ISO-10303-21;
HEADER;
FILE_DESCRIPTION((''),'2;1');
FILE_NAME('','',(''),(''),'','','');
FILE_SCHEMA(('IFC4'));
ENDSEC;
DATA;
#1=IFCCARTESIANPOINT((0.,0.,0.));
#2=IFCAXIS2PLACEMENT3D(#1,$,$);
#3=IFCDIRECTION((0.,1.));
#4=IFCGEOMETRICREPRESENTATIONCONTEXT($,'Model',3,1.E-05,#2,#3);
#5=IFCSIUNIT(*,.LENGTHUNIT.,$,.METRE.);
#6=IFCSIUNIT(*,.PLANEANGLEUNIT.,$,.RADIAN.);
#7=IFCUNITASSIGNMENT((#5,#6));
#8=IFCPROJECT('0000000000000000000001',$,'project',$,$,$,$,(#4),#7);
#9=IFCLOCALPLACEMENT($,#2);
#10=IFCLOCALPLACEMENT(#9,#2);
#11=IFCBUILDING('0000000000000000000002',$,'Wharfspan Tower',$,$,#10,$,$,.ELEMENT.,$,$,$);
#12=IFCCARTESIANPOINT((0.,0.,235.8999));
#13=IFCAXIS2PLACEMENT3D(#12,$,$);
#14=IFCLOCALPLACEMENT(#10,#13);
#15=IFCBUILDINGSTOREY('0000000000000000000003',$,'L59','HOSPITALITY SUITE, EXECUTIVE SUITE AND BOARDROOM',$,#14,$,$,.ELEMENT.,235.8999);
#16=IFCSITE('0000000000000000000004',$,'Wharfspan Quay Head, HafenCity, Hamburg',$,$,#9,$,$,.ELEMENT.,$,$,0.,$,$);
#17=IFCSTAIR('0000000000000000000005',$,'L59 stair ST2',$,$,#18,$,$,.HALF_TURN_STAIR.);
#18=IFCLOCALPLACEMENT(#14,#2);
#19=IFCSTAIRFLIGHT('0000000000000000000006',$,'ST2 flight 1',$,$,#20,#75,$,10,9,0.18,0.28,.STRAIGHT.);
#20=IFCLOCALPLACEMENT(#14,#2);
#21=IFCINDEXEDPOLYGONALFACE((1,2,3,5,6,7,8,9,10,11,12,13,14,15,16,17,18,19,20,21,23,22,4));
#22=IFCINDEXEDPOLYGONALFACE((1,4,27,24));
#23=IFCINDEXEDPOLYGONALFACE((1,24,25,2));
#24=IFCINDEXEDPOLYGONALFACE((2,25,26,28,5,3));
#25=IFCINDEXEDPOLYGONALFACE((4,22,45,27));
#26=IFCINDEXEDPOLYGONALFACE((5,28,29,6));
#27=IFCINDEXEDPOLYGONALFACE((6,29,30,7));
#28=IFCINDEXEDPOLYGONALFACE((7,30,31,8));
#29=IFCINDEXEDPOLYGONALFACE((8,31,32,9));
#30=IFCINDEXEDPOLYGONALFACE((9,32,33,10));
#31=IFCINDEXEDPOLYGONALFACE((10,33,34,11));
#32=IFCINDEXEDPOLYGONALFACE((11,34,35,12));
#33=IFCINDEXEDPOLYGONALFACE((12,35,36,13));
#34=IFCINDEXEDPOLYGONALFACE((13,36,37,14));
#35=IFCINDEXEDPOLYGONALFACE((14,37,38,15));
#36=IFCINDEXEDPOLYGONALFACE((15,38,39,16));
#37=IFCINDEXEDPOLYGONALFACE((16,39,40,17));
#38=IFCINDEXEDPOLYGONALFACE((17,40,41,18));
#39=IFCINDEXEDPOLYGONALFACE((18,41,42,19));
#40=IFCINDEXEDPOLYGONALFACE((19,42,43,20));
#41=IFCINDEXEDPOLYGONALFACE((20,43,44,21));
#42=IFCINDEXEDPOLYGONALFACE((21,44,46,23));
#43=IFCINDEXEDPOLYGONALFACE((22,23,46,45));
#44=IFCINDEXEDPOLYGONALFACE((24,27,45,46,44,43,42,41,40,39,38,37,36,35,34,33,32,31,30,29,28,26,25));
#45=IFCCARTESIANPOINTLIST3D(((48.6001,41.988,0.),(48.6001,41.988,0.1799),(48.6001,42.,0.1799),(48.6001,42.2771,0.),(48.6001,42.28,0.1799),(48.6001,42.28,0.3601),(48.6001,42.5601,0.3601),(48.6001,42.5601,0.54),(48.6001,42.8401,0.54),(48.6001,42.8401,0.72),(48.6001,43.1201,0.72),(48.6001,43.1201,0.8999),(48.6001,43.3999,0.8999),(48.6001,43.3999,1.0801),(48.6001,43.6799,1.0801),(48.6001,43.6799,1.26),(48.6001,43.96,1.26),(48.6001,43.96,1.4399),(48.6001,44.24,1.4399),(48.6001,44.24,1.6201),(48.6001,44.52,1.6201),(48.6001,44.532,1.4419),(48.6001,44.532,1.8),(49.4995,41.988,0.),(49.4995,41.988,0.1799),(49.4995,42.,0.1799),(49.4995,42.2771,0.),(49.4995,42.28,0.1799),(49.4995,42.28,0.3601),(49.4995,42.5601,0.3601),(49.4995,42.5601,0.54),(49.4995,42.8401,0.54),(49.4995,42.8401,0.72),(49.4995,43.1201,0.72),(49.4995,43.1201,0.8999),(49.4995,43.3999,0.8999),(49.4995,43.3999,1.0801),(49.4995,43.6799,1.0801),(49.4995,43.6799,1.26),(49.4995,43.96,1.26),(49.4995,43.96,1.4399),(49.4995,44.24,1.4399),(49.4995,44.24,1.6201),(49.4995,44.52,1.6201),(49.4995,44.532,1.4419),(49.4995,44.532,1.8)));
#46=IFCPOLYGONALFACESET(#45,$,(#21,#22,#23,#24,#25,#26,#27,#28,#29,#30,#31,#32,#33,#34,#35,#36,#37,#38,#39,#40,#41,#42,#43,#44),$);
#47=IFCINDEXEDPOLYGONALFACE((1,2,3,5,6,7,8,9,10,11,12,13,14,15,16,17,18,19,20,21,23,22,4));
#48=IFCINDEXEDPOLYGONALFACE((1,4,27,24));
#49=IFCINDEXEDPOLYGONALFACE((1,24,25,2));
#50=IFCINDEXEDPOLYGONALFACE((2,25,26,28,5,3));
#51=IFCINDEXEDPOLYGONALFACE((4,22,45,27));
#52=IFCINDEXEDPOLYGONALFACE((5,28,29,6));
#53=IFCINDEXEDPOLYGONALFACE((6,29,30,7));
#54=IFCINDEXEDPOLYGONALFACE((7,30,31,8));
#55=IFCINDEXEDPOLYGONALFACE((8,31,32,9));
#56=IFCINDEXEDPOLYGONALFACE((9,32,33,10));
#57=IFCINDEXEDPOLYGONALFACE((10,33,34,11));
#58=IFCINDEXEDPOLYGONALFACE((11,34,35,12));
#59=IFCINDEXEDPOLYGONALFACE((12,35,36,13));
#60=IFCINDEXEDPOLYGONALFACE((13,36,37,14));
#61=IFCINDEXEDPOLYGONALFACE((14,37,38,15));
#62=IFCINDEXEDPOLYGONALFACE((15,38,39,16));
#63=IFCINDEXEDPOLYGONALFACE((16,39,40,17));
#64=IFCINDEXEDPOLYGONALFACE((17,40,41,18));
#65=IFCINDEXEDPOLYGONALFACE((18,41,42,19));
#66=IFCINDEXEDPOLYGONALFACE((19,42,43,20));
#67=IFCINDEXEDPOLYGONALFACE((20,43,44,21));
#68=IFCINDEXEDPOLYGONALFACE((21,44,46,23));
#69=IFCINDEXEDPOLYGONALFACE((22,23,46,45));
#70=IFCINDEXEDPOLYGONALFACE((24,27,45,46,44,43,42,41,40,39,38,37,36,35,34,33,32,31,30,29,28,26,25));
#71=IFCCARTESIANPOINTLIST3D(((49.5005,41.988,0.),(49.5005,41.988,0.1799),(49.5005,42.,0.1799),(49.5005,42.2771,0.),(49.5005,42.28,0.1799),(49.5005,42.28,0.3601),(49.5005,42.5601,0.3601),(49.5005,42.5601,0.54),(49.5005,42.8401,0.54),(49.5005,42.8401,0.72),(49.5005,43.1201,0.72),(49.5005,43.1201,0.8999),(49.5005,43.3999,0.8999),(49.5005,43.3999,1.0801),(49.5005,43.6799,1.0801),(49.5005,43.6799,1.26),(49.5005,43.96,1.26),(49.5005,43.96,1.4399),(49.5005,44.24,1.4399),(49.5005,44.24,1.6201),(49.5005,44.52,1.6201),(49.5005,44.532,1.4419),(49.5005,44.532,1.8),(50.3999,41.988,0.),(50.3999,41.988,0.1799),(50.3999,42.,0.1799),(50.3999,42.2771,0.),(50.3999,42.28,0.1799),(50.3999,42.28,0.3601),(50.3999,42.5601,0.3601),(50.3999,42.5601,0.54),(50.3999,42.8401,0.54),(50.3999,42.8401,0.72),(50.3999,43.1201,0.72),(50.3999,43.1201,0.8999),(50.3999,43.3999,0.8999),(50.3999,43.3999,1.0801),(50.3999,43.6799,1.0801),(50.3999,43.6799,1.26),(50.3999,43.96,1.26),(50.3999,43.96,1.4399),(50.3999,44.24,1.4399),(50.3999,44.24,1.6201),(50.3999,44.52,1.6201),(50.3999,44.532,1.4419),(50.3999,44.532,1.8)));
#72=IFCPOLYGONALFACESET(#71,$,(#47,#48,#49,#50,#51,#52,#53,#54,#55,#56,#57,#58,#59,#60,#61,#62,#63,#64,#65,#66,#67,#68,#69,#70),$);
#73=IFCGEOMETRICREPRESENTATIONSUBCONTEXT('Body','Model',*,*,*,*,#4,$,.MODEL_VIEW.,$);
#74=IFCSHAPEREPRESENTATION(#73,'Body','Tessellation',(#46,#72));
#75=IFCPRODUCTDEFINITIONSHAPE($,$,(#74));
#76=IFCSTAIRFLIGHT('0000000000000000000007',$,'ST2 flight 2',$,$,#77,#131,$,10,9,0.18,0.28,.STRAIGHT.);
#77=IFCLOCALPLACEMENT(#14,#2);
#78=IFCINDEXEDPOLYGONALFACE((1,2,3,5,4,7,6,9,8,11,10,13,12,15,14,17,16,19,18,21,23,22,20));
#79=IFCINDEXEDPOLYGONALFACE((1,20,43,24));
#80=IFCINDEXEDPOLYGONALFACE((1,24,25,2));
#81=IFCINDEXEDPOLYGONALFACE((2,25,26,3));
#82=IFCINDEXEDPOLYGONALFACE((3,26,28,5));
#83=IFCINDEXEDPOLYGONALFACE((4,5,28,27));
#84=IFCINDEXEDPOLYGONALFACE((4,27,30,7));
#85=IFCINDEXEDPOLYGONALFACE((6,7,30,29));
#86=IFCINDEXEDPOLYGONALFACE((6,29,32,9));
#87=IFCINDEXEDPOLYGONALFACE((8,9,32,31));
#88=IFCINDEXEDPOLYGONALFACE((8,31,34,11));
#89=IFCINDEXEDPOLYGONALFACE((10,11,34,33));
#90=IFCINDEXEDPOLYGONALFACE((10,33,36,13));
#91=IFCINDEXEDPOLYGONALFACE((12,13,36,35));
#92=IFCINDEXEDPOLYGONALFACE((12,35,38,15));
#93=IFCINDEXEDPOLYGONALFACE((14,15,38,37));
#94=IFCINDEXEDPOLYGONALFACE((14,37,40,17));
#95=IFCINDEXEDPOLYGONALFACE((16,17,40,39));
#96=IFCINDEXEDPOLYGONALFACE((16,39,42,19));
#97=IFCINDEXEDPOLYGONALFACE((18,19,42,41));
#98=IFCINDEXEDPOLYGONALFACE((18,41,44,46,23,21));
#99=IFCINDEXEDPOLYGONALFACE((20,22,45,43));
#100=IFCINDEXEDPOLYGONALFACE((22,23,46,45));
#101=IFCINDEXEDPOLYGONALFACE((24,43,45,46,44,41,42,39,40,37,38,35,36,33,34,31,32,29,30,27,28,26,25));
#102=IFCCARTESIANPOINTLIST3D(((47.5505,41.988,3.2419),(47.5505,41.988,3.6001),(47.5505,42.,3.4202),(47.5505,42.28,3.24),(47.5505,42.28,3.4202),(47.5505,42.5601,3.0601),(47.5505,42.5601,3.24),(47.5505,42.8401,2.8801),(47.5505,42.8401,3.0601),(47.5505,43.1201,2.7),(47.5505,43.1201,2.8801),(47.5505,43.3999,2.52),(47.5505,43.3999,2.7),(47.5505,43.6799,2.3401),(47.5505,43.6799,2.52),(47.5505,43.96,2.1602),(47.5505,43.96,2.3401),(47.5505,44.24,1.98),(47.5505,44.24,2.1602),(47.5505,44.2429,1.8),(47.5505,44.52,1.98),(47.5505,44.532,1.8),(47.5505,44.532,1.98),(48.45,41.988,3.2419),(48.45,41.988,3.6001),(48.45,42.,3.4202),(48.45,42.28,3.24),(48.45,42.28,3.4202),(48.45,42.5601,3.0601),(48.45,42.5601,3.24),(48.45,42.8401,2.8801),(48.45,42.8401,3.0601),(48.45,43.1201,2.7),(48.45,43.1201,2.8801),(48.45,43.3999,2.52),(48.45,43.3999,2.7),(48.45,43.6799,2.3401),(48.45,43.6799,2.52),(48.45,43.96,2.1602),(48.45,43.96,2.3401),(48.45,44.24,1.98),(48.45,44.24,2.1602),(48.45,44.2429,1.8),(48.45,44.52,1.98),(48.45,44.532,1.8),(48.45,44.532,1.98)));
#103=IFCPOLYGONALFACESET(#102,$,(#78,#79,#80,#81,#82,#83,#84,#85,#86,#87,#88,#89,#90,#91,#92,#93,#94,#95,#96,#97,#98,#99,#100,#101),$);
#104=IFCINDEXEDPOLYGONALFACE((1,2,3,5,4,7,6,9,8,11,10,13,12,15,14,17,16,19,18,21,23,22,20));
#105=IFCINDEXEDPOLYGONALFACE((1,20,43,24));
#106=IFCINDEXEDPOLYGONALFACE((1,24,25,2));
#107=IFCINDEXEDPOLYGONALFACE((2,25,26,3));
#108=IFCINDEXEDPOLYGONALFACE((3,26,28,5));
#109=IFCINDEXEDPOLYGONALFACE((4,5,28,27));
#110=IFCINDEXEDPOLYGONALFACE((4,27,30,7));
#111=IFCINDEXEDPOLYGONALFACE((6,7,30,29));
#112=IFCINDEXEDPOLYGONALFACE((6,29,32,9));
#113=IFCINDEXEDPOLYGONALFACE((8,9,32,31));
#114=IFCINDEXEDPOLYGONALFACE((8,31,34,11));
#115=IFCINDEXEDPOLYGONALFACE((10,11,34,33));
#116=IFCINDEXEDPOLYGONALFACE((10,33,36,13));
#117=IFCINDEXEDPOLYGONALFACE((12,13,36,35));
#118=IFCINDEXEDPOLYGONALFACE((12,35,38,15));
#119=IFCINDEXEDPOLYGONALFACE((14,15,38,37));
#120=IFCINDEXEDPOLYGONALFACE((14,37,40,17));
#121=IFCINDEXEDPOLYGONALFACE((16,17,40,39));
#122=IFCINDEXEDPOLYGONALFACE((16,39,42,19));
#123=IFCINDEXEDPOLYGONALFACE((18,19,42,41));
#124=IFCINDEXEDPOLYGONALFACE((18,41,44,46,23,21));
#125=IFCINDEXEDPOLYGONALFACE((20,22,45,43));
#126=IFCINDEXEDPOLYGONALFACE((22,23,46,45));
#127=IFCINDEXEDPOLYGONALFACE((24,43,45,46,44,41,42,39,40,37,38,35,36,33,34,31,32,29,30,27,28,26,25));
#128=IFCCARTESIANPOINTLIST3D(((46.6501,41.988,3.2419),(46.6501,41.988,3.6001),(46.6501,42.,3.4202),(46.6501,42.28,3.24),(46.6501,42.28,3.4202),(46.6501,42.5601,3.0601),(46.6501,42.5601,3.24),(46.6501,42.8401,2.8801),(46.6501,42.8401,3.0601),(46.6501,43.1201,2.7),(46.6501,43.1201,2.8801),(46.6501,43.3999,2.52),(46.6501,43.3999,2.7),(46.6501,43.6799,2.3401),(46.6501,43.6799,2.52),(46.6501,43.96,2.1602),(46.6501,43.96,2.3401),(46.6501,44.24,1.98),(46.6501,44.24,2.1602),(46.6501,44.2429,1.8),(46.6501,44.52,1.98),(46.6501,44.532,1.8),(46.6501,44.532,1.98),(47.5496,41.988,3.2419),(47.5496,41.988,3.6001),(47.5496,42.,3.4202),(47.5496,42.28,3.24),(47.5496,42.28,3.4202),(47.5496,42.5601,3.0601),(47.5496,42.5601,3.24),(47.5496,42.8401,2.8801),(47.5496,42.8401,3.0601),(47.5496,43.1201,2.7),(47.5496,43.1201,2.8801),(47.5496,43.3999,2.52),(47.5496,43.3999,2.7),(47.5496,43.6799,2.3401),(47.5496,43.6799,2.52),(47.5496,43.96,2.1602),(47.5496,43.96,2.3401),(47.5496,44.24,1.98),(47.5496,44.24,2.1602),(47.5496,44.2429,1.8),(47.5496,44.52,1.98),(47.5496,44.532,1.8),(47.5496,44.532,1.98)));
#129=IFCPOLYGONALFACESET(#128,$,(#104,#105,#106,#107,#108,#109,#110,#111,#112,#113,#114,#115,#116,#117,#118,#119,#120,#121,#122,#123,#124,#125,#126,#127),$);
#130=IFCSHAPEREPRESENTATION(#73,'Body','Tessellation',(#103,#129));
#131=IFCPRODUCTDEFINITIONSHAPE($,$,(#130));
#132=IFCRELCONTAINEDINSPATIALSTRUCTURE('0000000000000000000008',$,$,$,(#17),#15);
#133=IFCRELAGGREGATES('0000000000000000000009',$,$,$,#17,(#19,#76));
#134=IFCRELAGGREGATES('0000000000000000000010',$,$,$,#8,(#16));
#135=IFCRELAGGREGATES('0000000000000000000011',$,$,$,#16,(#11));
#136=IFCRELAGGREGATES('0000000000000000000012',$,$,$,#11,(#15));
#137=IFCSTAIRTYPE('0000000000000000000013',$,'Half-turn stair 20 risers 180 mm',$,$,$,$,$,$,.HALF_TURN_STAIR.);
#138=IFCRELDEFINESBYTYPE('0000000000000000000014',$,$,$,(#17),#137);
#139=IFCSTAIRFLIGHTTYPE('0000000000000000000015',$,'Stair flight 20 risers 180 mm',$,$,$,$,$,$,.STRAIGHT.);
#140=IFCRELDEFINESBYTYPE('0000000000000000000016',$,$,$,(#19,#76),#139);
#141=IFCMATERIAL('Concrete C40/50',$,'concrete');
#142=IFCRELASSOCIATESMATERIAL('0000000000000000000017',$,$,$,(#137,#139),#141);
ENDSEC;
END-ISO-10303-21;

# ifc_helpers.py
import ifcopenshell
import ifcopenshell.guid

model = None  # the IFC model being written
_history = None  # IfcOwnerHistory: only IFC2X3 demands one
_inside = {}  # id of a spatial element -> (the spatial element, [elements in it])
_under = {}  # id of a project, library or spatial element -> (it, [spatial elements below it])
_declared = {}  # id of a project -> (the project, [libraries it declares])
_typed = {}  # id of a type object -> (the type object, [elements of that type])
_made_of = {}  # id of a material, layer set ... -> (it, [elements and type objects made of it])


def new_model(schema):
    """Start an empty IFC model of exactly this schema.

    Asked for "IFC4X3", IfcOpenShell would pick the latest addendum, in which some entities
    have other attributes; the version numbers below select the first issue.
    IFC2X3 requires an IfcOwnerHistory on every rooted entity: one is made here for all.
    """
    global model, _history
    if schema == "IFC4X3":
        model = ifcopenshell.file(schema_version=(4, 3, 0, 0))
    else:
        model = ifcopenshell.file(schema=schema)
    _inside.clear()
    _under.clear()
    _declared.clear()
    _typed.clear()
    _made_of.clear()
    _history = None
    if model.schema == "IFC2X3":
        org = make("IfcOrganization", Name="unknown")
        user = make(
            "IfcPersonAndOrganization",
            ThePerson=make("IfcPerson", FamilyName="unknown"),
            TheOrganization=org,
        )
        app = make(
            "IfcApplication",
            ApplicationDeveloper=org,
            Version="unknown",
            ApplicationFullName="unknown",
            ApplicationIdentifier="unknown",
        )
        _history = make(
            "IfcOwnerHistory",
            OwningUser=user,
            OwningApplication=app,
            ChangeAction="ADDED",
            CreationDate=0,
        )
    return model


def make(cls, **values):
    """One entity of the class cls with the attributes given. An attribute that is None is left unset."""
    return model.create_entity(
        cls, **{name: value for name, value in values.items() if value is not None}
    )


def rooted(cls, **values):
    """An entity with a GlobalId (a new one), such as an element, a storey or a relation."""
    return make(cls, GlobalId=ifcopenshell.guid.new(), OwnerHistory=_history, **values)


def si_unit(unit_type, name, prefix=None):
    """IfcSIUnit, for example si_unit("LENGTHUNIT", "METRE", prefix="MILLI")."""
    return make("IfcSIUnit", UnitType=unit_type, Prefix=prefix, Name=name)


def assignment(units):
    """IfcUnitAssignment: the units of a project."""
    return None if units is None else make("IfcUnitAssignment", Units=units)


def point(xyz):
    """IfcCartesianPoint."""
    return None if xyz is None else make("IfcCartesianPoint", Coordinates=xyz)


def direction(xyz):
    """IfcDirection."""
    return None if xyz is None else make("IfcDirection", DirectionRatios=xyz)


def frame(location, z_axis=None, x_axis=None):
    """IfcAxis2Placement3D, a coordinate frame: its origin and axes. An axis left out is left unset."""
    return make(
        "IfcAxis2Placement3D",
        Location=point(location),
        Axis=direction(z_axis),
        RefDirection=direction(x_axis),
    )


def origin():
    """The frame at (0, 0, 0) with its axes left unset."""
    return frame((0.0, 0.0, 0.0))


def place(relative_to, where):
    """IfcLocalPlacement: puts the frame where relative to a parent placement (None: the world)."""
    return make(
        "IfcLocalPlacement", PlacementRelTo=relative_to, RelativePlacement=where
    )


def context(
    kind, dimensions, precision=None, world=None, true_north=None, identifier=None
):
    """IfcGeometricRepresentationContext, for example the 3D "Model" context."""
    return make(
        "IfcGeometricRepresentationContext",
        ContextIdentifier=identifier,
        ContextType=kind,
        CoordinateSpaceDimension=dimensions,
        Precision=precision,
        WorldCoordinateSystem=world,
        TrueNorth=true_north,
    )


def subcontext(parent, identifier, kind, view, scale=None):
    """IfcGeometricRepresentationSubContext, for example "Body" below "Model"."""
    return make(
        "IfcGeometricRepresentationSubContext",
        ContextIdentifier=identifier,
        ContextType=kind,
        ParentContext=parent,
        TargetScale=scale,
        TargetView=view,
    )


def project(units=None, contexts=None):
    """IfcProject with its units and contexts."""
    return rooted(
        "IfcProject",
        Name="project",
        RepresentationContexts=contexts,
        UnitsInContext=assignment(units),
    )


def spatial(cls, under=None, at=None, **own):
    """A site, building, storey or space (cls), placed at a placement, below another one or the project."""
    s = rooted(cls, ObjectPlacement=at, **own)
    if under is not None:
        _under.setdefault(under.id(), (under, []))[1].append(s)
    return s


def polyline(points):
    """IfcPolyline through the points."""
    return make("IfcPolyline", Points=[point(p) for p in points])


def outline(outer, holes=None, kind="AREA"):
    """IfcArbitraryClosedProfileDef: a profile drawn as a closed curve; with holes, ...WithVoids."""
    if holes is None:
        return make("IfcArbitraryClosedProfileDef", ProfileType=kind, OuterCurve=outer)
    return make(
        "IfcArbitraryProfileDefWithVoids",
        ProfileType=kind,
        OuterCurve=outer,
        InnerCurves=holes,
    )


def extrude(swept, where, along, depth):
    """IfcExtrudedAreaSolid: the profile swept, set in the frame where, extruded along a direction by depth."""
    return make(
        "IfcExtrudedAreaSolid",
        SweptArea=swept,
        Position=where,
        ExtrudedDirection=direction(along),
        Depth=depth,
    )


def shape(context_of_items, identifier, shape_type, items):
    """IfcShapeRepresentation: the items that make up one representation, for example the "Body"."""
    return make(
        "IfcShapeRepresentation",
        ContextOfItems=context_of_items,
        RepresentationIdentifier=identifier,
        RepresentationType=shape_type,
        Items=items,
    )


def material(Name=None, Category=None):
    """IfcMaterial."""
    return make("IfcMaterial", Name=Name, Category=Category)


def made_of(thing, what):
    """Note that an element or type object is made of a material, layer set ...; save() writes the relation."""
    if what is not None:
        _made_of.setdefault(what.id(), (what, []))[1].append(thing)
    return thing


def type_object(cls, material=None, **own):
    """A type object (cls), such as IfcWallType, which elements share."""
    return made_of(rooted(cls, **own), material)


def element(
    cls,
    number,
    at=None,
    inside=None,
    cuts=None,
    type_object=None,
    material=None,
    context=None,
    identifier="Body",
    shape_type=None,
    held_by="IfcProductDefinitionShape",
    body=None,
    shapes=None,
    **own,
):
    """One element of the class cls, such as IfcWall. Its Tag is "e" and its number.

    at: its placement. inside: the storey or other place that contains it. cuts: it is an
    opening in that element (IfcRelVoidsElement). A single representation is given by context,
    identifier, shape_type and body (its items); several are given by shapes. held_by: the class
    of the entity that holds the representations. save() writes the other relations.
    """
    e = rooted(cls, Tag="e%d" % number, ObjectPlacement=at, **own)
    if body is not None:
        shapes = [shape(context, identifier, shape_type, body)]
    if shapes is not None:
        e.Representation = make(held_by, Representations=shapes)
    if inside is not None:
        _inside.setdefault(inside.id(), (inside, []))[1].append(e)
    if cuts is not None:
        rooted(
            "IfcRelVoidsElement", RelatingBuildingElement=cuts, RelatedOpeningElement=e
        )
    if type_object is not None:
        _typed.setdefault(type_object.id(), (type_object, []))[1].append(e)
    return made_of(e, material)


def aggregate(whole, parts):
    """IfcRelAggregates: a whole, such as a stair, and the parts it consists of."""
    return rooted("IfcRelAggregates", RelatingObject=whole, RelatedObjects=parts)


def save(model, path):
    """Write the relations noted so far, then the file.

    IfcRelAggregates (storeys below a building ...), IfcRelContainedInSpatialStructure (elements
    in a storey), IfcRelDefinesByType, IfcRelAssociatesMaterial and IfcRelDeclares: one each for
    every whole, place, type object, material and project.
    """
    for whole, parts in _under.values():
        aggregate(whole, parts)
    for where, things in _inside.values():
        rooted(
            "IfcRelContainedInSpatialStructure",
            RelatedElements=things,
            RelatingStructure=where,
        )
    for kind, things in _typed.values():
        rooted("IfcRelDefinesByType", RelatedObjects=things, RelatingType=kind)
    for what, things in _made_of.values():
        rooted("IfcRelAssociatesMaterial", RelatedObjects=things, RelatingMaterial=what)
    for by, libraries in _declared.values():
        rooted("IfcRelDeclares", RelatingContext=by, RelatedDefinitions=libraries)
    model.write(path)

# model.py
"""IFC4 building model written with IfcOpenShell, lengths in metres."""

from ifc_helpers import new_model, si_unit, direction, frame, origin, place, context, subcontext, project, spatial, polyline, outline, extrude, material, type_object, element, aggregate, save


model = new_model("IFC4")

# Units and contexts
model_context = context("Model", 3, precision=1e-05, world=origin(), true_north=direction((0.0, 1.0)))
body_context = subcontext(model_context, "Body", "Model", "MODEL_VIEW")
ifc_project = project(units=[si_unit("LENGTHUNIT", "METRE"), si_unit("PLANEANGLEUNIT", "RADIAN")], contexts=[model_context])

# Site, building, storey
site_placement = place(None, origin())
site = spatial("IfcSite", under=ifc_project, at=site_placement, Name="Wharfspan Quay Head, HafenCity, Hamburg", CompositionType="ELEMENT", RefElevation=0.0)
building_placement = place(site_placement, origin())
building = spatial("IfcBuilding", under=site, at=building_placement, Name="Wharfspan Tower", CompositionType="ELEMENT")
storey_placement = place(building_placement, frame((0.0, 0.0, 235.8999)))
storey = spatial("IfcBuildingStorey", under=building, at=storey_placement, Name="L59", Description="HOSPITALITY SUITE, EXECUTIVE SUITE AND BOARDROOM", CompositionType="ELEMENT", Elevation=235.8999)

# Shared definitions
ifc_material_1 = material(Name="Concrete C40/50", Category="concrete")

# Stair, stair flights
stair_type = type_object("IfcStairType", Name="Half-turn stair 20 risers 180 mm", PredefinedType="HALF_TURN_STAIR", material=ifc_material_1)
stair_placement = place(storey_placement, origin())
stair = element("IfcStair", 1, at=stair_placement, inside=storey, type_object=stair_type, Name="L59 stair ST2", PredefinedType="HALF_TURN_STAIR")
stair_flight_type = type_object("IfcStairFlightType", Name="Stair flight 20 risers 180 mm", PredefinedType="STRAIGHT", material=ifc_material_1)
stair_flight_1_placement = place(storey_placement, frame((49.5, 42.0, 0.0), z_axis=(0.0, 0.0, 1.0), x_axis=(0.0, 1.0, 0.0)))
stair_flight_1 = element("IfcStairFlight", 2, at=stair_flight_1_placement, type_object=stair_flight_type, Name="ST2 flight 1", NumberOfRisers=10, NumberOfTreads=9, PredefinedType="STRAIGHT", RiserHeight=0.18, TreadLength=0.28, context=body_context, shape_type="SweptSolid", body=[
    extrude(outline(polyline([(-0.012, 0.0), (-0.012, 0.1799), (0.0, 0.1799), (0.28, 0.1799), (0.28, 0.3601), (0.5601, 0.3601), (0.5601, 0.54), (0.8401, 0.54), (0.8401, 0.72), (1.1201, 0.72), (1.1201, 0.8999), (1.3999, 0.8999), (1.3999, 1.0801), (1.6799, 1.0801), (1.6799, 1.26), (1.96, 1.26), (1.96, 1.4399), (2.24, 1.4399), (2.24, 1.6201), (2.52, 1.6201), (2.532, 1.8), (2.532, 1.4419), (0.2771, 0.0), (-0.012, 0.0)])), frame((0.0, 0.8999, 0.0), z_axis=(0.0, -1.0, 0.0), x_axis=(1.0, 0.0, 0.0)), (0.0, 0.0, 1.0), 0.8994),
    extrude(outline(polyline([(-0.012, 0.0), (-0.012, 0.1799), (0.0, 0.1799), (0.28, 0.1799), (0.28, 0.3601), (0.5601, 0.3601), (0.5601, 0.54), (0.8401, 0.54), (0.8401, 0.72), (1.1201, 0.72), (1.1201, 0.8999), (1.3999, 0.8999), (1.3999, 1.0801), (1.6799, 1.0801), (1.6799, 1.26), (1.96, 1.26), (1.96, 1.4399), (2.24, 1.4399), (2.24, 1.6201), (2.52, 1.6201), (2.532, 1.8), (2.532, 1.4419), (0.2771, 0.0), (-0.012, 0.0)])), frame((0.0, -0.0005, 0.0), z_axis=(0.0, -1.0, 0.0), x_axis=(1.0, 0.0, 0.0)), (0.0, 0.0, 1.0), 0.8994),
])
stair_flight_2_placement = place(storey_placement, frame((47.55, 44.52, 1.8), z_axis=(0.0, 0.0, 1.0), x_axis=(0.0, -1.0, 0.0)))
stair_flight_2 = element("IfcStairFlight", 3, at=stair_flight_2_placement, type_object=stair_flight_type, Name="ST2 flight 2", NumberOfRisers=10, NumberOfTreads=9, PredefinedType="STRAIGHT", RiserHeight=0.18, TreadLength=0.28, context=body_context, shape_type="SweptSolid", body=[
    extrude(outline(polyline([(-0.012, 0.0), (-0.012, 0.1799), (0.0, 0.1799), (0.28, 0.1799), (0.28, 0.3601), (0.5601, 0.3601), (0.5601, 0.54), (0.8401, 0.54), (0.8401, 0.72), (1.1201, 0.72), (1.1201, 0.8999), (1.3999, 0.8999), (1.3999, 1.0801), (1.6799, 1.0801), (1.6799, 1.26), (1.96, 1.26), (1.96, 1.4399), (2.24, 1.4399), (2.24, 1.6201), (2.52, 1.6201), (2.532, 1.8), (2.532, 1.4419), (0.2771, 0.0), (-0.012, 0.0)])), frame((0.0, 0.8999, 0.0), z_axis=(0.0, -1.0, 0.0), x_axis=(1.0, 0.0, 0.0)), (0.0, 0.0, 1.0), 0.8994),
    extrude(outline(polyline([(-0.012, 0.0), (-0.012, 0.1799), (0.0, 0.1799), (0.28, 0.1799), (0.28, 0.3601), (0.5601, 0.3601), (0.5601, 0.54), (0.8401, 0.54), (0.8401, 0.72), (1.1201, 0.72), (1.1201, 0.8999), (1.3999, 0.8999), (1.3999, 1.0801), (1.6799, 1.0801), (1.6799, 1.26), (1.96, 1.26), (1.96, 1.4399), (2.24, 1.4399), (2.24, 1.6201), (2.52, 1.6201), (2.532, 1.8), (2.532, 1.4419), (0.2771, 0.0), (-0.012, 0.0)])), frame((0.0, -0.0005, 0.0), z_axis=(0.0, -1.0, 0.0), x_axis=(1.0, 0.0, 0.0)), (0.0, 0.0, 1.0), 0.8994),
])
aggregate(stair, [stair_flight_1, stair_flight_2])

save(model, "model.ifc")
